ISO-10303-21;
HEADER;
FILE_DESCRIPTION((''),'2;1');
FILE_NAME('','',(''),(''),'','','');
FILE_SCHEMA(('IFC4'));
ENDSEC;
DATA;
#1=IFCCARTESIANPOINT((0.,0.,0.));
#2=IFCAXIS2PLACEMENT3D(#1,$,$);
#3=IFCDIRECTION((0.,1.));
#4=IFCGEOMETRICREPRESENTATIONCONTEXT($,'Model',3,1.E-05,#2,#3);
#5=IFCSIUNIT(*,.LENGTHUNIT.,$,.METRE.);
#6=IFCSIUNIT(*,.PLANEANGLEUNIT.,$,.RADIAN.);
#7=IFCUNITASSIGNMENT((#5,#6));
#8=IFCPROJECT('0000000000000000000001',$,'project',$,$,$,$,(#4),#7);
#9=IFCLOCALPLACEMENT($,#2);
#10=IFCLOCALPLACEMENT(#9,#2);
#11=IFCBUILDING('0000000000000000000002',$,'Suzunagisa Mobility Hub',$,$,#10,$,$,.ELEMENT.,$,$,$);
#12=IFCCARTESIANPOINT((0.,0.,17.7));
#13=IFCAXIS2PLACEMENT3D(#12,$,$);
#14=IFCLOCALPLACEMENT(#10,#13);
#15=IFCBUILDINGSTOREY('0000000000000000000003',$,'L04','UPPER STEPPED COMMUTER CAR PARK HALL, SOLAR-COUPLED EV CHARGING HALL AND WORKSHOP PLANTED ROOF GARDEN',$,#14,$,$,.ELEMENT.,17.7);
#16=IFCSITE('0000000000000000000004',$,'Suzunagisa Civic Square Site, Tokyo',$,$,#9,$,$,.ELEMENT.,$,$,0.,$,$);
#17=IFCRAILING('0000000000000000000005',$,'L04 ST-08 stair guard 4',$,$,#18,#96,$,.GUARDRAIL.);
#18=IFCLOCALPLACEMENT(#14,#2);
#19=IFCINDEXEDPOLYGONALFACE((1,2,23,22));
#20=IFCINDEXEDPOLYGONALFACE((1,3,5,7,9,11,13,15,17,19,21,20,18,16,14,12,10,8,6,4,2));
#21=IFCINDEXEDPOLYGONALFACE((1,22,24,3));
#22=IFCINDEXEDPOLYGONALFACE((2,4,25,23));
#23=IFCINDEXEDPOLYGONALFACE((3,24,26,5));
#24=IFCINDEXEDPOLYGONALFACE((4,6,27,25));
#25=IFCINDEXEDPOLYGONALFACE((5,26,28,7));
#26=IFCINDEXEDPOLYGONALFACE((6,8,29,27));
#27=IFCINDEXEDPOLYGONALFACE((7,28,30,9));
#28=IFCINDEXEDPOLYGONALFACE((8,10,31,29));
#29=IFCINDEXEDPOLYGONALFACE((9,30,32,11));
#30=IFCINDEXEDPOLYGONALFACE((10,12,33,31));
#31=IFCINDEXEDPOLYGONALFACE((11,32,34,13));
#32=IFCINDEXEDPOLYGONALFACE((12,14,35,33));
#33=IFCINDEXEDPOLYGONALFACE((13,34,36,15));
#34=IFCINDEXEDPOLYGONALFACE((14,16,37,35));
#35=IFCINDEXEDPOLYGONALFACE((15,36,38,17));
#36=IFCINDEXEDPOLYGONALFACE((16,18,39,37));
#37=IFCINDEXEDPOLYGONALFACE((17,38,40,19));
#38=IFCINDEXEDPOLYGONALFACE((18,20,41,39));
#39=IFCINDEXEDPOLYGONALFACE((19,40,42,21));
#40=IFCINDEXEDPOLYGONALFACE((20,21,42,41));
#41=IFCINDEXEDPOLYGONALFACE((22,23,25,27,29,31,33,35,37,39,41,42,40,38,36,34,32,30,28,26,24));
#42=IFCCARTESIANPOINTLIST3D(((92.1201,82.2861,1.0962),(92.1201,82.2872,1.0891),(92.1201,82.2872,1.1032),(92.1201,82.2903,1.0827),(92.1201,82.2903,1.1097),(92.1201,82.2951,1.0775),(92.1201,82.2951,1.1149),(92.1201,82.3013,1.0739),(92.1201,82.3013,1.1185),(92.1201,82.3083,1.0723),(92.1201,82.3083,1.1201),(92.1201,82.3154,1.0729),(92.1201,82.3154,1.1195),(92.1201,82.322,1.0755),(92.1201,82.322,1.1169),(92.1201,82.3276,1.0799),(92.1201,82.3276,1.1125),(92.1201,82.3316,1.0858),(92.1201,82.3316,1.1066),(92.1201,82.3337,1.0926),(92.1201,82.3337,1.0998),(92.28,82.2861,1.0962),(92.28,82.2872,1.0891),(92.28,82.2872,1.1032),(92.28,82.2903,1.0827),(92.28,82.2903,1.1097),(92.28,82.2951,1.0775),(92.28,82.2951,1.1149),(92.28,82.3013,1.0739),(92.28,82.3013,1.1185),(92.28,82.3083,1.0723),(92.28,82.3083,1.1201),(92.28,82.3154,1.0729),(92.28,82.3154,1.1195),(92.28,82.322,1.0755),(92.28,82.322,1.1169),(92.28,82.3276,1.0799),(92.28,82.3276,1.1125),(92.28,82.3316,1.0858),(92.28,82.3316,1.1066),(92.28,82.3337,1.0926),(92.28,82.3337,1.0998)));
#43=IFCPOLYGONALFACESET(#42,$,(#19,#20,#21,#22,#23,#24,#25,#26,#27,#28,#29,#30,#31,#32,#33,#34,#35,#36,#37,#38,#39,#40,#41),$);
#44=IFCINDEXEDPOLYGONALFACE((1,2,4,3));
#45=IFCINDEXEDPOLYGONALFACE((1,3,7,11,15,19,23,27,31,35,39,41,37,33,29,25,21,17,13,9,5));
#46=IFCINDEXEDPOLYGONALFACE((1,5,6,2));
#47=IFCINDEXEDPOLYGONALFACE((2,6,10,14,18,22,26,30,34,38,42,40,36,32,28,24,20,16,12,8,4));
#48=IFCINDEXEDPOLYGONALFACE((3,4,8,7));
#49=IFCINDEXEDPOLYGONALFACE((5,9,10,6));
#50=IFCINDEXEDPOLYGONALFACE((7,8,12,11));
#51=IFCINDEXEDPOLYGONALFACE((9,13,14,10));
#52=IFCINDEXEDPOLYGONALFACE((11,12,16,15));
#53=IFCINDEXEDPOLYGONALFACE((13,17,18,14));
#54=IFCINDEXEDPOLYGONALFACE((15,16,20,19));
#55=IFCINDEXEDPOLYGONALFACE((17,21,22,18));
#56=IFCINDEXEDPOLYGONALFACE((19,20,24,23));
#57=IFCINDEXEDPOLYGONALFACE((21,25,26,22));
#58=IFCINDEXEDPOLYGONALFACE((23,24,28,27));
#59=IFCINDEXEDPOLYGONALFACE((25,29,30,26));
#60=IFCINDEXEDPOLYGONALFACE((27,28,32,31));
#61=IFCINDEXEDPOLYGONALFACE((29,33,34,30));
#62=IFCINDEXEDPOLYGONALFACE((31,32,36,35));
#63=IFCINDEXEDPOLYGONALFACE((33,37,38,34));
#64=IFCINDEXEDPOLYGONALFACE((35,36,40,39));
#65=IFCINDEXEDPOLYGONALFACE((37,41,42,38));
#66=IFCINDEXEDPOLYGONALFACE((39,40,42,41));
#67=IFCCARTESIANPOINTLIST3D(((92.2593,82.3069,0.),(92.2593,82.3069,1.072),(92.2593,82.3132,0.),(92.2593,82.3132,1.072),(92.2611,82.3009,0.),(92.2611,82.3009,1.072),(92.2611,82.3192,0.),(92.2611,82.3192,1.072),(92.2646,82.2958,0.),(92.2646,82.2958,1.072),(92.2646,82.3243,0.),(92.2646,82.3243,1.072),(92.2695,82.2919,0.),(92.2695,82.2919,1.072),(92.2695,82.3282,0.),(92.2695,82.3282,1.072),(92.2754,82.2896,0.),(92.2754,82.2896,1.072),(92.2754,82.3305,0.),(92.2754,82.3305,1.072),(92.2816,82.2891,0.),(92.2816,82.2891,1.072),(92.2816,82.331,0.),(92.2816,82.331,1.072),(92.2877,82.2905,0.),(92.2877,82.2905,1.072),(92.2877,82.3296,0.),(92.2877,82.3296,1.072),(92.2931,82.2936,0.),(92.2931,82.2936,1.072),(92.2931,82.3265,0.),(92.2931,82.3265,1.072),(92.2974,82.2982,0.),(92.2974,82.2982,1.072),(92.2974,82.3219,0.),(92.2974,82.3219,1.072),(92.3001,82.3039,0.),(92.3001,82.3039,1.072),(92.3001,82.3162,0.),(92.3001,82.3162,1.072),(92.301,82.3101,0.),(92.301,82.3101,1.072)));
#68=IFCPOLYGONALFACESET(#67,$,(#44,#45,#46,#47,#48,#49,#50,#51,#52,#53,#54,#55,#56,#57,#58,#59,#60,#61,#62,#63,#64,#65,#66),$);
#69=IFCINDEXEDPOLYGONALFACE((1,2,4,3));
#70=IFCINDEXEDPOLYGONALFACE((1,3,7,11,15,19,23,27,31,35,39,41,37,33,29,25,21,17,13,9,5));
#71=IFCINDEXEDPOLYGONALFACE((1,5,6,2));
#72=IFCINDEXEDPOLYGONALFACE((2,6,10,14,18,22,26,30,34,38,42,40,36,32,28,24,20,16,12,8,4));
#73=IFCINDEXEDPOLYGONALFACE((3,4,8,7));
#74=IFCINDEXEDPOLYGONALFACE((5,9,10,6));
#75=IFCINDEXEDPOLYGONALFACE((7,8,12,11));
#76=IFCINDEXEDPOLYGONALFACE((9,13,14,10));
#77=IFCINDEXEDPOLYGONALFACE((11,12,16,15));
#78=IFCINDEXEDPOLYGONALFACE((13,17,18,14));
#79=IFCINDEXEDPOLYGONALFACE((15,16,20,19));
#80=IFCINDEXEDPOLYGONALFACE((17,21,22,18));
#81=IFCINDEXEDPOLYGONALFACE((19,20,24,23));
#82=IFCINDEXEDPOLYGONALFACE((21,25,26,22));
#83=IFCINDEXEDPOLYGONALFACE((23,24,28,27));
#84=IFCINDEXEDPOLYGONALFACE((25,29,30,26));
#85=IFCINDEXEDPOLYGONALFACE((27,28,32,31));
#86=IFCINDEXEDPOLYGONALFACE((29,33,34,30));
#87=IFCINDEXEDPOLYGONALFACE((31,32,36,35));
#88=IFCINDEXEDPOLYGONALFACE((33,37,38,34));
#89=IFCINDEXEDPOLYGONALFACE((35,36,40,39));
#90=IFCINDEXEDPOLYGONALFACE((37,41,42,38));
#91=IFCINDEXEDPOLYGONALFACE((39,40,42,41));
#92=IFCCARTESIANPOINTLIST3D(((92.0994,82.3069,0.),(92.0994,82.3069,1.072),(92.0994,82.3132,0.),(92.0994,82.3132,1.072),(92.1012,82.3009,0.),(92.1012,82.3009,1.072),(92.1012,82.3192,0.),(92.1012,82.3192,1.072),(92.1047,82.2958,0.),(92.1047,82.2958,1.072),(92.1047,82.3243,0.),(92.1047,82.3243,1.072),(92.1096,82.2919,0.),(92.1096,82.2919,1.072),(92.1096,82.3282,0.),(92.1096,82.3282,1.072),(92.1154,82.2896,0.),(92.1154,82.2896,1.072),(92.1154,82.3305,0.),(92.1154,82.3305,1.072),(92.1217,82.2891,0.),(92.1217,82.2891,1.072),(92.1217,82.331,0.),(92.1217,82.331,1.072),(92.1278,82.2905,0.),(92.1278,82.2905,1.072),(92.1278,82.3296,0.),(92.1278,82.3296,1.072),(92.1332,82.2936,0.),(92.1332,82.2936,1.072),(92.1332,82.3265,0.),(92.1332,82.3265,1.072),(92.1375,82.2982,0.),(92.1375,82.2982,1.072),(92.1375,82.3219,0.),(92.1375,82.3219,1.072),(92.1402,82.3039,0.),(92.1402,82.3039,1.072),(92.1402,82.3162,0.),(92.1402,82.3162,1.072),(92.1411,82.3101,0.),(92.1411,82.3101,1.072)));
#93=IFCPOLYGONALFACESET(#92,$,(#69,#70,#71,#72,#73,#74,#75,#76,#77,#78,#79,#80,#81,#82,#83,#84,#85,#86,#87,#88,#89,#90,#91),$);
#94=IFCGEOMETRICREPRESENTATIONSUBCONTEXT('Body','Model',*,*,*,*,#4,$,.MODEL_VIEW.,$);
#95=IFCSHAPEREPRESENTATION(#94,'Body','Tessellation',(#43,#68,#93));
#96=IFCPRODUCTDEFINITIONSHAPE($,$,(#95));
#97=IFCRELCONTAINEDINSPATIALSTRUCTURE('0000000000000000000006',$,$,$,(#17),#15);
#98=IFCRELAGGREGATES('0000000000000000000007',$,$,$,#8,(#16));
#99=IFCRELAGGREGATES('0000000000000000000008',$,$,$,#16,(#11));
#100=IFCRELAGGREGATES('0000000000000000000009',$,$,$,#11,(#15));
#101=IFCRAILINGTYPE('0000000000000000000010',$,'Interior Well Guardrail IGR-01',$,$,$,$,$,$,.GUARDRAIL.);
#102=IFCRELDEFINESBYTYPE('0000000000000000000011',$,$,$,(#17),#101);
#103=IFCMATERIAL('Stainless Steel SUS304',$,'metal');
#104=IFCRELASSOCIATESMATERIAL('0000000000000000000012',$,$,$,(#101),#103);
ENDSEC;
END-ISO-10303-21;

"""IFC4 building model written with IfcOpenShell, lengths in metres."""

from ifc_helpers import new_model, si_unit, direction, frame, origin, origin_2d, place, context, subcontext, project, spatial, circle, extrude, material, type_object, element, save


model = new_model("IFC4")

# Units and contexts
model_context = context("Model", 3, precision=1e-05, world=origin(), true_north=direction((0.0, 1.0)))
body_context = subcontext(model_context, "Body", "Model", "MODEL_VIEW")
ifc_project = project(units=[si_unit("LENGTHUNIT", "METRE"), si_unit("PLANEANGLEUNIT", "RADIAN")], contexts=[model_context])

# Site, building, storey
site_placement = place(None, origin())
site = spatial("IfcSite", under=ifc_project, at=site_placement, Name="Suzunagisa Civic Square Site, Tokyo", CompositionType="ELEMENT", RefElevation=0.0)
building_placement = place(site_placement, origin())
building = spatial("IfcBuilding", under=site, at=building_placement, Name="Suzunagisa Mobility Hub", CompositionType="ELEMENT")
storey_placement = place(building_placement, frame((0.0, 0.0, 17.7)))
storey = spatial("IfcBuildingStorey", under=building, at=storey_placement, Name="L04", Description="UPPER STEPPED COMMUTER CAR PARK HALL, SOLAR-COUPLED EV CHARGING HALL AND WORKSHOP PLANTED ROOF GARDEN", CompositionType="ELEMENT", Elevation=17.7)

# Railing
ifc_material_1 = material(Name="Stainless Steel SUS304", Category="metal")
railing_type_1 = type_object("IfcRailingType", Name="Interior Well Guardrail IGR-01", PredefinedType="GUARDRAIL", material=ifc_material_1)
railing_1_placement = place(storey_placement, frame((92.28, 82.3101, 0.0)))
element("IfcRailing", 1, at=railing_1_placement, inside=storey, type_object=railing_type_1, Name="L04 ST-08 stair guard 4", PredefinedType="GUARDRAIL", context=body_context, shape_type="SweptSolid", body=[
    extrude(circle(Radius=0.0239, at=origin_2d()), frame((0.0, 0.0, 1.0962), z_axis=(-1.0, 0.0, 0.0), x_axis=(0.0, -1.0, 0.0)), (0.0, 0.0, 1.0), 0.1599),
    extrude(circle(Radius=0.021, at=origin_2d()), origin(), (0.0, 0.0, 1.0), 1.072),
    extrude(circle(Radius=0.021, at=origin_2d()), frame((-0.1599, 0.0, 0.0)), (0.0, 0.0, 1.0), 1.072),
])

save(model, "model.ifc")
